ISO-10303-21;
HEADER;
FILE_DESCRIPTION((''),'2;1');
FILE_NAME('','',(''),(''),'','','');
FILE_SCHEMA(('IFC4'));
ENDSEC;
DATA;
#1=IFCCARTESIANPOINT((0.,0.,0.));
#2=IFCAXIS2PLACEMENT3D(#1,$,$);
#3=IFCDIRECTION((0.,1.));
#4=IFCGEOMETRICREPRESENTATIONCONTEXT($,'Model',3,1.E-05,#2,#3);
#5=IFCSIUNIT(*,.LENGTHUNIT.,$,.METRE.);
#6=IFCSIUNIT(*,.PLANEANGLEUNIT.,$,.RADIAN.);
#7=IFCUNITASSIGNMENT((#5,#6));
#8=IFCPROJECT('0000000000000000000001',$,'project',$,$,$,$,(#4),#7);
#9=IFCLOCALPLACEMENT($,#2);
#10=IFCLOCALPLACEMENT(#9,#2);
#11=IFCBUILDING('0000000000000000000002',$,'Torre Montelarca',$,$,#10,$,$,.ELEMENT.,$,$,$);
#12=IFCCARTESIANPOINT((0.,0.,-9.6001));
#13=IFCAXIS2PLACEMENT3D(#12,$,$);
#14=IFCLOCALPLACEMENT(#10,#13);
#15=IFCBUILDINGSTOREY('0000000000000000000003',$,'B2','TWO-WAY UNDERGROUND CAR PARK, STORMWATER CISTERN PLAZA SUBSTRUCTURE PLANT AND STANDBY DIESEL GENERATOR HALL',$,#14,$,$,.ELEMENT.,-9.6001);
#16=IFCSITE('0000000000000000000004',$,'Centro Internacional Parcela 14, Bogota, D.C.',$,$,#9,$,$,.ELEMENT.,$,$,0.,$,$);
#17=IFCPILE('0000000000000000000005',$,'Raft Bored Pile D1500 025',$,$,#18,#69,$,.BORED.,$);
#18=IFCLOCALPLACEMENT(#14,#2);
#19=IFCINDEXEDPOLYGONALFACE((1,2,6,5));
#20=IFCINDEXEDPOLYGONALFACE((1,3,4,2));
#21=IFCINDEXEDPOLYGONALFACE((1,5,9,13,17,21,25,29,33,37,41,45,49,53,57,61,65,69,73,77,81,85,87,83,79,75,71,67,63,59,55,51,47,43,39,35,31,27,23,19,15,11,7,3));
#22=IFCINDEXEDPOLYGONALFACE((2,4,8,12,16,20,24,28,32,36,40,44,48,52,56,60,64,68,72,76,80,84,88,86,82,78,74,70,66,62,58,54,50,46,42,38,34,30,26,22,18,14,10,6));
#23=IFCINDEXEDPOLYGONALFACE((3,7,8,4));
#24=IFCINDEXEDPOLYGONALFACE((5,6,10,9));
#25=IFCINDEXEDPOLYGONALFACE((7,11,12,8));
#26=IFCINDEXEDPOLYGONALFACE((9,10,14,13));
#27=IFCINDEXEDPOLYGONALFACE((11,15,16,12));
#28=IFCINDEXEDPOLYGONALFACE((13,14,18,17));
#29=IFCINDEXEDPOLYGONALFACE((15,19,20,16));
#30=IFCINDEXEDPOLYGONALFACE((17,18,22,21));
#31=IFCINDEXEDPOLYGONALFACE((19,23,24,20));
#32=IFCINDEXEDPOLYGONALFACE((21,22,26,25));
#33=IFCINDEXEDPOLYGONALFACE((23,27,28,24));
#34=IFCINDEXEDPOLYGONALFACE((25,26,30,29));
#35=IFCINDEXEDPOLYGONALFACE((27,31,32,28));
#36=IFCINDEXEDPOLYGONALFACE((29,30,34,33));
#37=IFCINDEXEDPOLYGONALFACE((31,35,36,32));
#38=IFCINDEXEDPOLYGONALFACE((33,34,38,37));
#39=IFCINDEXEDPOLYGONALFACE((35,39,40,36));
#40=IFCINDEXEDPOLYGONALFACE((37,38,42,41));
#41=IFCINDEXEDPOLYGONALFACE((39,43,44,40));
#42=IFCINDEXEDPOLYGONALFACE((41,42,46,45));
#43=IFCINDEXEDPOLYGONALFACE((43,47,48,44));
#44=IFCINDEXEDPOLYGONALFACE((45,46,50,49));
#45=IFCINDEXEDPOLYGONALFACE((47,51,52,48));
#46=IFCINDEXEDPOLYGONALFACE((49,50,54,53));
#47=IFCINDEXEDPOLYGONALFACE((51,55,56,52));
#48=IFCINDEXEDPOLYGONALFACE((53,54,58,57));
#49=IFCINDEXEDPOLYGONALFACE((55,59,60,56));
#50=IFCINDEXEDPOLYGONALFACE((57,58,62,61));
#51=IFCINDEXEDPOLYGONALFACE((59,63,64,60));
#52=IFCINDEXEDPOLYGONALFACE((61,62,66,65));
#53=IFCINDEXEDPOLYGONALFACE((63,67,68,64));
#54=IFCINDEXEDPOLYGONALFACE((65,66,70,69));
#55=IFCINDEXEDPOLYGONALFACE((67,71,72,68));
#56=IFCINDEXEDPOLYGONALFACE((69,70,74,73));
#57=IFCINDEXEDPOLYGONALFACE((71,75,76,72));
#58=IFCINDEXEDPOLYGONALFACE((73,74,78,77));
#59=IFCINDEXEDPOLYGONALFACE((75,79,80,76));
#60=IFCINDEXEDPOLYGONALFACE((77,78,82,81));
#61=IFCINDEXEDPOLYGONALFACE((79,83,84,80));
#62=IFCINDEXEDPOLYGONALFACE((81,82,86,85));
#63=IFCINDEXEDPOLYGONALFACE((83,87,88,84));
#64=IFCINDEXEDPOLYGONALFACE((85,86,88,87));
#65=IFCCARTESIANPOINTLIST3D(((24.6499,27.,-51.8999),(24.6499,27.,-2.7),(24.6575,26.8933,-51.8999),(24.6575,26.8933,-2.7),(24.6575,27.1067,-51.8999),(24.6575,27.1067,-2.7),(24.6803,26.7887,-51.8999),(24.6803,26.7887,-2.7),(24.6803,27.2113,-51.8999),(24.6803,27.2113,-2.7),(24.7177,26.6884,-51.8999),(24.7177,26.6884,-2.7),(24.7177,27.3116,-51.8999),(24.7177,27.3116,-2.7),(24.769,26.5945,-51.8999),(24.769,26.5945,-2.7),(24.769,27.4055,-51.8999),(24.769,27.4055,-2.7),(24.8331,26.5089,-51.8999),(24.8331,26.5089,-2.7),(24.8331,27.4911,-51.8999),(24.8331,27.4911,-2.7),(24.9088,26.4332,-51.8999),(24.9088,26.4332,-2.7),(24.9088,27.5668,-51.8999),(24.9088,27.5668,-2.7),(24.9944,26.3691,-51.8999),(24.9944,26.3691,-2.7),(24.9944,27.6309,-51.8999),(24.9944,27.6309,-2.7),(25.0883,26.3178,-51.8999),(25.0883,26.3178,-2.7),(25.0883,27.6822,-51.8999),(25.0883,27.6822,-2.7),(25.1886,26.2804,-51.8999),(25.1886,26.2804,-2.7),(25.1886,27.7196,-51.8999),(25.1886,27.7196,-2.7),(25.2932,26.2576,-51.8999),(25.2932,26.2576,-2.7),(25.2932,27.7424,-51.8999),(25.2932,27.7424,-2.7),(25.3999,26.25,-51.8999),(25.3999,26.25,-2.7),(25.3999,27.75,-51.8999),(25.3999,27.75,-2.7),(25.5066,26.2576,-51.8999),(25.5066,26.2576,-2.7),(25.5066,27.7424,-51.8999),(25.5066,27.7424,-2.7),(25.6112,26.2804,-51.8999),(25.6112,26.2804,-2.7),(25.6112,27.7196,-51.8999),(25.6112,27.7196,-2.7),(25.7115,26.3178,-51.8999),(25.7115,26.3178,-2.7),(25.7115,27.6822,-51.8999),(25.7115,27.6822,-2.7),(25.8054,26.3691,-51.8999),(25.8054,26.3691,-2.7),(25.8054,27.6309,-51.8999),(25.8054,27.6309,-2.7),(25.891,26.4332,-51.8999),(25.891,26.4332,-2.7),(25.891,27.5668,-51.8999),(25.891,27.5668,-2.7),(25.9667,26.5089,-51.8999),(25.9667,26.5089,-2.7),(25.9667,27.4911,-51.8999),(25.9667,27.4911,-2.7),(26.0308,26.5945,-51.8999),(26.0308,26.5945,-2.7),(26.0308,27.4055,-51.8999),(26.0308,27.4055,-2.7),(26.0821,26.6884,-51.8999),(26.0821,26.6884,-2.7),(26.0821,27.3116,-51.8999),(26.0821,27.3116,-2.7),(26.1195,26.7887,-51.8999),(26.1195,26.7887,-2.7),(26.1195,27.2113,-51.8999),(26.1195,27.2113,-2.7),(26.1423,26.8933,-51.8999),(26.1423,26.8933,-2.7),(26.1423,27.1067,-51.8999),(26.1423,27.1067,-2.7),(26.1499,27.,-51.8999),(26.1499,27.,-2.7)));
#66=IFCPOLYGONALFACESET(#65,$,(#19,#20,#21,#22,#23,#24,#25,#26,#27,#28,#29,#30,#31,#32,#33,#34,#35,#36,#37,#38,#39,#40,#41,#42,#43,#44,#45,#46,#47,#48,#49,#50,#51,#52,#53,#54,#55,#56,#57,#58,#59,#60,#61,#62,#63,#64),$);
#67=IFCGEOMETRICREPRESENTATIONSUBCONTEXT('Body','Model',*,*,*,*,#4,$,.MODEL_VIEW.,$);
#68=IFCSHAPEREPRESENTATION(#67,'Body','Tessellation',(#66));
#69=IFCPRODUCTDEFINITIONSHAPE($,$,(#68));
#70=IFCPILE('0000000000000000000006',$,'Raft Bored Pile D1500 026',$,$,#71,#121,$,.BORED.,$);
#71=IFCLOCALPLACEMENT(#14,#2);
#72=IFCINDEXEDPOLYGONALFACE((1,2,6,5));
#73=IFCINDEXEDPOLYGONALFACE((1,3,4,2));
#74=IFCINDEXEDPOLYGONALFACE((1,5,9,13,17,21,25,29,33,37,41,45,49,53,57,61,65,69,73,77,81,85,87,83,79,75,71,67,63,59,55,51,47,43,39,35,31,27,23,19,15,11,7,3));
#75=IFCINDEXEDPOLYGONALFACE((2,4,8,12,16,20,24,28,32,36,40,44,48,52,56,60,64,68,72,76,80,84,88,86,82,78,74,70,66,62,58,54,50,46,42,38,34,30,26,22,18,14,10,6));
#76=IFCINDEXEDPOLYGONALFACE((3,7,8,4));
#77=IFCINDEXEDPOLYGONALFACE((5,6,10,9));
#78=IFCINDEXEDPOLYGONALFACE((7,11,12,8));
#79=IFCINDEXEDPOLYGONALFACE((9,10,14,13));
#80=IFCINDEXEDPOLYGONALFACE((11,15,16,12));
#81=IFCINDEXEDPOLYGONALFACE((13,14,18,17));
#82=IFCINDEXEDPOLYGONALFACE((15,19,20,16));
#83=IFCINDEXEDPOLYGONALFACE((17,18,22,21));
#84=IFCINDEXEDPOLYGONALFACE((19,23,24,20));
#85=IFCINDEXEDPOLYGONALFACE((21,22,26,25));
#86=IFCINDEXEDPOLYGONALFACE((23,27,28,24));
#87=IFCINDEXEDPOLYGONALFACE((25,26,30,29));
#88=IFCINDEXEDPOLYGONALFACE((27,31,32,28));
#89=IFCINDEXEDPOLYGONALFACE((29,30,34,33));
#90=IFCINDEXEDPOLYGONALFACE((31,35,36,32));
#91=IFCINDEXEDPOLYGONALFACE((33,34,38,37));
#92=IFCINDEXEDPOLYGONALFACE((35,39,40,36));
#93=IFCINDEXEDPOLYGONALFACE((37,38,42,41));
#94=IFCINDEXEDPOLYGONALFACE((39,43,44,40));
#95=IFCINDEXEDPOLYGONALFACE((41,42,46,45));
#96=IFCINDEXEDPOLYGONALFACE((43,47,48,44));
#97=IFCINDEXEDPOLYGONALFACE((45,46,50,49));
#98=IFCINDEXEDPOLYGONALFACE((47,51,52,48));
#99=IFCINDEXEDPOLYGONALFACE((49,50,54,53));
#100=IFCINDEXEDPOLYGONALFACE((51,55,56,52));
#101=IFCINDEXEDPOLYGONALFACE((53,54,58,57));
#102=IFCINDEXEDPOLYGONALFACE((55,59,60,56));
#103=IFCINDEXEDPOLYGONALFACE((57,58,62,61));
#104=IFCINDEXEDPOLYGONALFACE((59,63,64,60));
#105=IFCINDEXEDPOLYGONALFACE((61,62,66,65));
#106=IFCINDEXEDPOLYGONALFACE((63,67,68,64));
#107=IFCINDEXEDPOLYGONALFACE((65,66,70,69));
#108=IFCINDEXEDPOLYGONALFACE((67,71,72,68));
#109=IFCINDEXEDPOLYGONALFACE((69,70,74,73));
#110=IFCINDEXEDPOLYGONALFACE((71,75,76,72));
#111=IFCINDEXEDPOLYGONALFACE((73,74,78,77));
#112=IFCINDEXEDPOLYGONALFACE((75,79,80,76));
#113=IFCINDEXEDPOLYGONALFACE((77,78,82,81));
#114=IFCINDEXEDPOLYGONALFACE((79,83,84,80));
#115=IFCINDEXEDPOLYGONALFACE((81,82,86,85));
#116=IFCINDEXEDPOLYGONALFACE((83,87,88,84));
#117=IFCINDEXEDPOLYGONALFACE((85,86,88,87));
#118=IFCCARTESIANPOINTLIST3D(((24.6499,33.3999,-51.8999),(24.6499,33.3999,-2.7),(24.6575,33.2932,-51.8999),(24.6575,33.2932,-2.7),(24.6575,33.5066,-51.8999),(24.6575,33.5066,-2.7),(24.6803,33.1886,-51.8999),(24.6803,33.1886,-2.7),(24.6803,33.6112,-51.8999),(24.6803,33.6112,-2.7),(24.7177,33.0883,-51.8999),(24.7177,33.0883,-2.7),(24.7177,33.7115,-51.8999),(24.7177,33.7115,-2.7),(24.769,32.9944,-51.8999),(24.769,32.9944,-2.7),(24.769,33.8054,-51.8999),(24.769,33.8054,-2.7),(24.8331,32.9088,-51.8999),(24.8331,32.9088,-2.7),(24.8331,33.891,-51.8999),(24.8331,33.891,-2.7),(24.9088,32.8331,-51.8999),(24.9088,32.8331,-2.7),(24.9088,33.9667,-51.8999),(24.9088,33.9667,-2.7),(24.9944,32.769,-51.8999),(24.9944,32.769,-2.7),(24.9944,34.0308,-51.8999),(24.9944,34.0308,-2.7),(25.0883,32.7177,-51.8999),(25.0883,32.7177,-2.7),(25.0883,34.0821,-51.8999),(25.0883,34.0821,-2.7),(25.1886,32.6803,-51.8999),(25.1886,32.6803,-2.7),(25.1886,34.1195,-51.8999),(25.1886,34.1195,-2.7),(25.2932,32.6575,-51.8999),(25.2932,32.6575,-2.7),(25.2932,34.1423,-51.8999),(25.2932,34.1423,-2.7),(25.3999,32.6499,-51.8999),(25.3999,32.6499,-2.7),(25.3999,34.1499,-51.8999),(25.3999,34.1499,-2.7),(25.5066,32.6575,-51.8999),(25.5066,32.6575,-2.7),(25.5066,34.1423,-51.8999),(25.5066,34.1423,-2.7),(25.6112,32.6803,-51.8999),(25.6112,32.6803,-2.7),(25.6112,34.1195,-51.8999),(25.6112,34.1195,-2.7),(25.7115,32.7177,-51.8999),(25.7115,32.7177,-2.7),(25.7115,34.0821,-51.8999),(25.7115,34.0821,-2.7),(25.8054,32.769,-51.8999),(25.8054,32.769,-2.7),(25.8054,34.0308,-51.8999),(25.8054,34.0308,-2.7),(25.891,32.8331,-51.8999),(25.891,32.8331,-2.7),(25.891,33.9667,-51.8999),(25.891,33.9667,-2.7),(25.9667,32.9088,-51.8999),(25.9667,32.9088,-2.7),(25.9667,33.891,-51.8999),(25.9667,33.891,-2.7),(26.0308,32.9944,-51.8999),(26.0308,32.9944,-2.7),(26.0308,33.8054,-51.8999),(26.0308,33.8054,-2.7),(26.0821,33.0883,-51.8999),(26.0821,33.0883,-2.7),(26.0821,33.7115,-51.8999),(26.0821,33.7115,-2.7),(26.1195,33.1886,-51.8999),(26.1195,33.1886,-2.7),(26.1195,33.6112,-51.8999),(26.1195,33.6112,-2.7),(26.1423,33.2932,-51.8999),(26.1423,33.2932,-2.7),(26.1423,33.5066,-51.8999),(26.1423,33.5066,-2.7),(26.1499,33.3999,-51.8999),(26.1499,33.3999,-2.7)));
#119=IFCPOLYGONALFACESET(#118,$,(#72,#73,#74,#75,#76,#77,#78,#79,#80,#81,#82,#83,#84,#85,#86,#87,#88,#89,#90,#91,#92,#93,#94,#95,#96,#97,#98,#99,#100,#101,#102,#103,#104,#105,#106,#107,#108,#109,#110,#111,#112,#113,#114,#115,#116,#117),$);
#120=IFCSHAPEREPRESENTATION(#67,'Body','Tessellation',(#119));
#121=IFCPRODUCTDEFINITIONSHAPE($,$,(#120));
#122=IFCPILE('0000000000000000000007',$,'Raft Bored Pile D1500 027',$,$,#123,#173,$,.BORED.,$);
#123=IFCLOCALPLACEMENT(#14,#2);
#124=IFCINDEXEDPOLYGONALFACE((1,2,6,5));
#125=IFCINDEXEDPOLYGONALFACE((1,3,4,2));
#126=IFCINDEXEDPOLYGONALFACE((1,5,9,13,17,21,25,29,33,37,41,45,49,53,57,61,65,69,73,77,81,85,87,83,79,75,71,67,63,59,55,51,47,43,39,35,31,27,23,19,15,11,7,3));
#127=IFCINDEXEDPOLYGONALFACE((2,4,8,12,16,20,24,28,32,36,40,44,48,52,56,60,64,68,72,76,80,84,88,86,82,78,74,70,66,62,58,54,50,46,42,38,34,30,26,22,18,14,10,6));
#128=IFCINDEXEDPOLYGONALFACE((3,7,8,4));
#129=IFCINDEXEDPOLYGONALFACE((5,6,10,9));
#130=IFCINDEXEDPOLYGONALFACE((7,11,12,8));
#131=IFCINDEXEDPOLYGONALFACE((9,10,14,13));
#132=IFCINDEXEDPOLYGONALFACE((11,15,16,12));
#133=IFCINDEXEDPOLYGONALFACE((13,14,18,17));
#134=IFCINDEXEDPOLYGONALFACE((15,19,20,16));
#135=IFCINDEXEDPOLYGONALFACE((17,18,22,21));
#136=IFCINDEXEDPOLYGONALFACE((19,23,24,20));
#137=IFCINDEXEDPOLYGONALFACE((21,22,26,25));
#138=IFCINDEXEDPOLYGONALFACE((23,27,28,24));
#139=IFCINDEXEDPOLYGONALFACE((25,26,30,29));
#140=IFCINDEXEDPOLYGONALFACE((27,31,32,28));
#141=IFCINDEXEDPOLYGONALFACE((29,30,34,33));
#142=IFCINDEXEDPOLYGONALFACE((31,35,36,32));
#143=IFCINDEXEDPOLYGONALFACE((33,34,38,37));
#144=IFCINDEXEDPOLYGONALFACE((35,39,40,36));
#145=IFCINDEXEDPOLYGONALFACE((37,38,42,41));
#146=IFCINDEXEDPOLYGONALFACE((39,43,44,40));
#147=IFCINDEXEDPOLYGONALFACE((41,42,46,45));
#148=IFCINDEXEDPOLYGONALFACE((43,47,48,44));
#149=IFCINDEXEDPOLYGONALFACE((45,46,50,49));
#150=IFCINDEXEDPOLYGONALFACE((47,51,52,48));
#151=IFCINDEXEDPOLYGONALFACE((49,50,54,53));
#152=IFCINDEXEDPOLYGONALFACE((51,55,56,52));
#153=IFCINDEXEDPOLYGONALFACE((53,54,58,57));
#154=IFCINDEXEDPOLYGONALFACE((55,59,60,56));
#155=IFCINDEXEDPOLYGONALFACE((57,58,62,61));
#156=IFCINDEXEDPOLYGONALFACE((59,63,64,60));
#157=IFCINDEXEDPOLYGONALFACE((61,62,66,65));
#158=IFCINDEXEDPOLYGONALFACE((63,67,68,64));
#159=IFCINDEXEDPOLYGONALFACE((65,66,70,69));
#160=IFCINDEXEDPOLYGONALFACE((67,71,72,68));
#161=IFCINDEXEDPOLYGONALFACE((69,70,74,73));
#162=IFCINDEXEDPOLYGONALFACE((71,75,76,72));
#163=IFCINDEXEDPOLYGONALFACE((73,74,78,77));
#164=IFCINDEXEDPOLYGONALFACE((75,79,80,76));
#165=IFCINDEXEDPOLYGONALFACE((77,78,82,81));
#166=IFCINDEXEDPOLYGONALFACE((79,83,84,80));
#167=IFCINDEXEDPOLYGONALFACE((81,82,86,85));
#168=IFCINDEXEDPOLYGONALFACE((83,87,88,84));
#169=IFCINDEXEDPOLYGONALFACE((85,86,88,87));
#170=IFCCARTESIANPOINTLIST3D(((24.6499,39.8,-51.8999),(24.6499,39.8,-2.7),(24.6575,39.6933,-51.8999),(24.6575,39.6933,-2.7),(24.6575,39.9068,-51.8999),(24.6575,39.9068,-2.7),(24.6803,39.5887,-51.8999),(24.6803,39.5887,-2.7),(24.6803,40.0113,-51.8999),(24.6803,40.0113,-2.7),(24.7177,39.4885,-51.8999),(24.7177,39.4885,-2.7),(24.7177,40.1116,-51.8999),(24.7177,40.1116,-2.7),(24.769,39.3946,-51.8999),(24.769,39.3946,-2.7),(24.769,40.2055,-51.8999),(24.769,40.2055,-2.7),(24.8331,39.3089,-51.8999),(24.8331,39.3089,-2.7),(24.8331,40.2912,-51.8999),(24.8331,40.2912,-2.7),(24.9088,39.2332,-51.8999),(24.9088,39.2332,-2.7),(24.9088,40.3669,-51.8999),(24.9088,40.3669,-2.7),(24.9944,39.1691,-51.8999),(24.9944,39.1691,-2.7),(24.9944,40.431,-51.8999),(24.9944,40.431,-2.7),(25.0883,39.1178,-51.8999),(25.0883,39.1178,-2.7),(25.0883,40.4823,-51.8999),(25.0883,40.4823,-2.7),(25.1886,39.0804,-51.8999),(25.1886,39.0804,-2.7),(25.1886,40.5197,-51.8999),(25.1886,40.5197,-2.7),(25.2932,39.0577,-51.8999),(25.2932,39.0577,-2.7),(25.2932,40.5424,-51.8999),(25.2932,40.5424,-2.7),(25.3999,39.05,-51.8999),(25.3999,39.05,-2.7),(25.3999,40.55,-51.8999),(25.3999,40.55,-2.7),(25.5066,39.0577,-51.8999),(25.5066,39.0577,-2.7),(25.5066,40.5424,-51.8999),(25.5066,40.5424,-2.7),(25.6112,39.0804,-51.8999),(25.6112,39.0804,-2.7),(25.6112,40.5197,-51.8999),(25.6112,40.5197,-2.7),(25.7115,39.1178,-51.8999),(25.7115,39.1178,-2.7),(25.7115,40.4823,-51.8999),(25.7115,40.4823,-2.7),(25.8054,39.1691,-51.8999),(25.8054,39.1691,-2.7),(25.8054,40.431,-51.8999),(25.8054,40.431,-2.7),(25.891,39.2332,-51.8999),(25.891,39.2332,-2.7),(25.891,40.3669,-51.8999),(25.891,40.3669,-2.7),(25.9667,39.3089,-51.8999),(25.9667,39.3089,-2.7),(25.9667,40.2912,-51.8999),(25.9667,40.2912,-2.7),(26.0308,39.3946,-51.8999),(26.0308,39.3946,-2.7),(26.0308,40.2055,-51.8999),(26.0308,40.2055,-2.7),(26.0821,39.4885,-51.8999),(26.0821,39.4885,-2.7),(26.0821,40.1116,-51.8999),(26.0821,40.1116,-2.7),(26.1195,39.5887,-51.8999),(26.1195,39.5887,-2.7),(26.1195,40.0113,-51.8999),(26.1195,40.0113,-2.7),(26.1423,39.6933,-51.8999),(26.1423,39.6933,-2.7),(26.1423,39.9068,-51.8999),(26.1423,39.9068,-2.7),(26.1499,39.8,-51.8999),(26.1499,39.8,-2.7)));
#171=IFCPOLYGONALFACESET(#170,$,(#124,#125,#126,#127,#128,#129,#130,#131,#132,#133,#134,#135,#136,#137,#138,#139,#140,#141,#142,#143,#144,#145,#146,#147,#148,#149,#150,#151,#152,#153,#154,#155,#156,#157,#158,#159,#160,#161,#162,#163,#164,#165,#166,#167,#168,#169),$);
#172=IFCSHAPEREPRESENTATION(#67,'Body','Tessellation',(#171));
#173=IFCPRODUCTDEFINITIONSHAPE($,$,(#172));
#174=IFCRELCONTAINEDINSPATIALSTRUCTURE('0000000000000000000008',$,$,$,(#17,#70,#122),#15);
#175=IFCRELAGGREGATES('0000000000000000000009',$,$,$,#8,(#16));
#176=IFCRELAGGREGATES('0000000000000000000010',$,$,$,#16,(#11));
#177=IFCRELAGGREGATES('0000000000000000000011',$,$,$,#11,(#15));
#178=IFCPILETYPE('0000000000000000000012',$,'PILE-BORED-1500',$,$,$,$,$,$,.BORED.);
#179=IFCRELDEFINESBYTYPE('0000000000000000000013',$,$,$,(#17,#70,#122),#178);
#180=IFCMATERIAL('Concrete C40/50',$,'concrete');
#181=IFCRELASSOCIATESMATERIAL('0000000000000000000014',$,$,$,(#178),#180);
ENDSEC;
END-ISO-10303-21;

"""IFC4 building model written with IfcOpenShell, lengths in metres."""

from ifc_helpers import new_model, si_unit, direction, frame, origin, origin_2d, place, context, subcontext, project, spatial, circle, extrude, source, transform, mapped, material, material_profile, profile_set, type_object, element, save


model = new_model("IFC4")

# Units and contexts
model_context = context("Model", 3, precision=1e-05, world=origin(), true_north=direction((0.0, 1.0)))
body_context = subcontext(model_context, "Body", "Model", "MODEL_VIEW")
ifc_project = project(units=[si_unit("LENGTHUNIT", "METRE"), si_unit("PLANEANGLEUNIT", "RADIAN")], contexts=[model_context])

# Site, building, storey
site_placement = place(None, origin())
site = spatial("IfcSite", under=ifc_project, at=site_placement, Name="Centro Internacional Parcela 14, Bogota, D.C.", CompositionType="ELEMENT", RefElevation=0.0)
building_placement = place(site_placement, origin())
building = spatial("IfcBuilding", under=site, at=building_placement, Name="Torre Montelarca", CompositionType="ELEMENT")
storey_placement = place(building_placement, frame((0.0, 0.0, -9.6001)))
storey = spatial("IfcBuildingStorey", under=building, at=storey_placement, Name="B2", Description="TWO-WAY UNDERGROUND CAR PARK, STORMWATER CISTERN PLAZA SUBSTRUCTURE PLANT AND STANDBY DIESEL GENERATOR HALL", CompositionType="ELEMENT", Elevation=-9.6001)

# Piles
ifc_material_1 = material(Name="Concrete C40/50", Category="concrete")
ifc_material_profile_1 = material_profile(ifc_material_1, circle(Radius=0.75, at=origin_2d()), Name="PILE-D1500", Category="concrete")
ifc_profile_set_1 = profile_set([ifc_material_profile_1], Name="Concrete C40/50")
pile_type = type_object("IfcPileType", Name="PILE-BORED-1500", PredefinedType="BORED", material=ifc_profile_set_1)
shared_shape_1 = source(origin(), body_context, "Body", "SweptSolid", [
    extrude(circle(Radius=0.75, at=origin_2d()), origin(), (0.0, 0.0, 1.0), 49.2),
])
for number, where, z_axis, x_axis, name in (
    (1, (25.3999, 27.0, -2.7), (0.0, 0.0, -1.0), (1.0, 0.0, 0.0), "Raft Bored Pile D1500 025"),
    (2, (25.3999, 33.3999, -2.7), (0.0, 0.0, -1.0), (1.0, 0.0, 0.0), "Raft Bored Pile D1500 026"),
    (3, (25.3999, 39.8, -2.7), (0.0, 0.0, -1.0), (1.0, 0.0, 0.0), "Raft Bored Pile D1500 027"),
):
    element("IfcPile", number, at=place(storey_placement, frame(where, z_axis=z_axis, x_axis=x_axis)), inside=storey, type_object=pile_type, Name=name, PredefinedType="BORED", context=body_context, shape_type="MappedRepresentation", body=[
        mapped(shared_shape_1, transform((0.0, 0.0, 0.0), scale=1.0)),
    ])

save(model, "model.ifc")
